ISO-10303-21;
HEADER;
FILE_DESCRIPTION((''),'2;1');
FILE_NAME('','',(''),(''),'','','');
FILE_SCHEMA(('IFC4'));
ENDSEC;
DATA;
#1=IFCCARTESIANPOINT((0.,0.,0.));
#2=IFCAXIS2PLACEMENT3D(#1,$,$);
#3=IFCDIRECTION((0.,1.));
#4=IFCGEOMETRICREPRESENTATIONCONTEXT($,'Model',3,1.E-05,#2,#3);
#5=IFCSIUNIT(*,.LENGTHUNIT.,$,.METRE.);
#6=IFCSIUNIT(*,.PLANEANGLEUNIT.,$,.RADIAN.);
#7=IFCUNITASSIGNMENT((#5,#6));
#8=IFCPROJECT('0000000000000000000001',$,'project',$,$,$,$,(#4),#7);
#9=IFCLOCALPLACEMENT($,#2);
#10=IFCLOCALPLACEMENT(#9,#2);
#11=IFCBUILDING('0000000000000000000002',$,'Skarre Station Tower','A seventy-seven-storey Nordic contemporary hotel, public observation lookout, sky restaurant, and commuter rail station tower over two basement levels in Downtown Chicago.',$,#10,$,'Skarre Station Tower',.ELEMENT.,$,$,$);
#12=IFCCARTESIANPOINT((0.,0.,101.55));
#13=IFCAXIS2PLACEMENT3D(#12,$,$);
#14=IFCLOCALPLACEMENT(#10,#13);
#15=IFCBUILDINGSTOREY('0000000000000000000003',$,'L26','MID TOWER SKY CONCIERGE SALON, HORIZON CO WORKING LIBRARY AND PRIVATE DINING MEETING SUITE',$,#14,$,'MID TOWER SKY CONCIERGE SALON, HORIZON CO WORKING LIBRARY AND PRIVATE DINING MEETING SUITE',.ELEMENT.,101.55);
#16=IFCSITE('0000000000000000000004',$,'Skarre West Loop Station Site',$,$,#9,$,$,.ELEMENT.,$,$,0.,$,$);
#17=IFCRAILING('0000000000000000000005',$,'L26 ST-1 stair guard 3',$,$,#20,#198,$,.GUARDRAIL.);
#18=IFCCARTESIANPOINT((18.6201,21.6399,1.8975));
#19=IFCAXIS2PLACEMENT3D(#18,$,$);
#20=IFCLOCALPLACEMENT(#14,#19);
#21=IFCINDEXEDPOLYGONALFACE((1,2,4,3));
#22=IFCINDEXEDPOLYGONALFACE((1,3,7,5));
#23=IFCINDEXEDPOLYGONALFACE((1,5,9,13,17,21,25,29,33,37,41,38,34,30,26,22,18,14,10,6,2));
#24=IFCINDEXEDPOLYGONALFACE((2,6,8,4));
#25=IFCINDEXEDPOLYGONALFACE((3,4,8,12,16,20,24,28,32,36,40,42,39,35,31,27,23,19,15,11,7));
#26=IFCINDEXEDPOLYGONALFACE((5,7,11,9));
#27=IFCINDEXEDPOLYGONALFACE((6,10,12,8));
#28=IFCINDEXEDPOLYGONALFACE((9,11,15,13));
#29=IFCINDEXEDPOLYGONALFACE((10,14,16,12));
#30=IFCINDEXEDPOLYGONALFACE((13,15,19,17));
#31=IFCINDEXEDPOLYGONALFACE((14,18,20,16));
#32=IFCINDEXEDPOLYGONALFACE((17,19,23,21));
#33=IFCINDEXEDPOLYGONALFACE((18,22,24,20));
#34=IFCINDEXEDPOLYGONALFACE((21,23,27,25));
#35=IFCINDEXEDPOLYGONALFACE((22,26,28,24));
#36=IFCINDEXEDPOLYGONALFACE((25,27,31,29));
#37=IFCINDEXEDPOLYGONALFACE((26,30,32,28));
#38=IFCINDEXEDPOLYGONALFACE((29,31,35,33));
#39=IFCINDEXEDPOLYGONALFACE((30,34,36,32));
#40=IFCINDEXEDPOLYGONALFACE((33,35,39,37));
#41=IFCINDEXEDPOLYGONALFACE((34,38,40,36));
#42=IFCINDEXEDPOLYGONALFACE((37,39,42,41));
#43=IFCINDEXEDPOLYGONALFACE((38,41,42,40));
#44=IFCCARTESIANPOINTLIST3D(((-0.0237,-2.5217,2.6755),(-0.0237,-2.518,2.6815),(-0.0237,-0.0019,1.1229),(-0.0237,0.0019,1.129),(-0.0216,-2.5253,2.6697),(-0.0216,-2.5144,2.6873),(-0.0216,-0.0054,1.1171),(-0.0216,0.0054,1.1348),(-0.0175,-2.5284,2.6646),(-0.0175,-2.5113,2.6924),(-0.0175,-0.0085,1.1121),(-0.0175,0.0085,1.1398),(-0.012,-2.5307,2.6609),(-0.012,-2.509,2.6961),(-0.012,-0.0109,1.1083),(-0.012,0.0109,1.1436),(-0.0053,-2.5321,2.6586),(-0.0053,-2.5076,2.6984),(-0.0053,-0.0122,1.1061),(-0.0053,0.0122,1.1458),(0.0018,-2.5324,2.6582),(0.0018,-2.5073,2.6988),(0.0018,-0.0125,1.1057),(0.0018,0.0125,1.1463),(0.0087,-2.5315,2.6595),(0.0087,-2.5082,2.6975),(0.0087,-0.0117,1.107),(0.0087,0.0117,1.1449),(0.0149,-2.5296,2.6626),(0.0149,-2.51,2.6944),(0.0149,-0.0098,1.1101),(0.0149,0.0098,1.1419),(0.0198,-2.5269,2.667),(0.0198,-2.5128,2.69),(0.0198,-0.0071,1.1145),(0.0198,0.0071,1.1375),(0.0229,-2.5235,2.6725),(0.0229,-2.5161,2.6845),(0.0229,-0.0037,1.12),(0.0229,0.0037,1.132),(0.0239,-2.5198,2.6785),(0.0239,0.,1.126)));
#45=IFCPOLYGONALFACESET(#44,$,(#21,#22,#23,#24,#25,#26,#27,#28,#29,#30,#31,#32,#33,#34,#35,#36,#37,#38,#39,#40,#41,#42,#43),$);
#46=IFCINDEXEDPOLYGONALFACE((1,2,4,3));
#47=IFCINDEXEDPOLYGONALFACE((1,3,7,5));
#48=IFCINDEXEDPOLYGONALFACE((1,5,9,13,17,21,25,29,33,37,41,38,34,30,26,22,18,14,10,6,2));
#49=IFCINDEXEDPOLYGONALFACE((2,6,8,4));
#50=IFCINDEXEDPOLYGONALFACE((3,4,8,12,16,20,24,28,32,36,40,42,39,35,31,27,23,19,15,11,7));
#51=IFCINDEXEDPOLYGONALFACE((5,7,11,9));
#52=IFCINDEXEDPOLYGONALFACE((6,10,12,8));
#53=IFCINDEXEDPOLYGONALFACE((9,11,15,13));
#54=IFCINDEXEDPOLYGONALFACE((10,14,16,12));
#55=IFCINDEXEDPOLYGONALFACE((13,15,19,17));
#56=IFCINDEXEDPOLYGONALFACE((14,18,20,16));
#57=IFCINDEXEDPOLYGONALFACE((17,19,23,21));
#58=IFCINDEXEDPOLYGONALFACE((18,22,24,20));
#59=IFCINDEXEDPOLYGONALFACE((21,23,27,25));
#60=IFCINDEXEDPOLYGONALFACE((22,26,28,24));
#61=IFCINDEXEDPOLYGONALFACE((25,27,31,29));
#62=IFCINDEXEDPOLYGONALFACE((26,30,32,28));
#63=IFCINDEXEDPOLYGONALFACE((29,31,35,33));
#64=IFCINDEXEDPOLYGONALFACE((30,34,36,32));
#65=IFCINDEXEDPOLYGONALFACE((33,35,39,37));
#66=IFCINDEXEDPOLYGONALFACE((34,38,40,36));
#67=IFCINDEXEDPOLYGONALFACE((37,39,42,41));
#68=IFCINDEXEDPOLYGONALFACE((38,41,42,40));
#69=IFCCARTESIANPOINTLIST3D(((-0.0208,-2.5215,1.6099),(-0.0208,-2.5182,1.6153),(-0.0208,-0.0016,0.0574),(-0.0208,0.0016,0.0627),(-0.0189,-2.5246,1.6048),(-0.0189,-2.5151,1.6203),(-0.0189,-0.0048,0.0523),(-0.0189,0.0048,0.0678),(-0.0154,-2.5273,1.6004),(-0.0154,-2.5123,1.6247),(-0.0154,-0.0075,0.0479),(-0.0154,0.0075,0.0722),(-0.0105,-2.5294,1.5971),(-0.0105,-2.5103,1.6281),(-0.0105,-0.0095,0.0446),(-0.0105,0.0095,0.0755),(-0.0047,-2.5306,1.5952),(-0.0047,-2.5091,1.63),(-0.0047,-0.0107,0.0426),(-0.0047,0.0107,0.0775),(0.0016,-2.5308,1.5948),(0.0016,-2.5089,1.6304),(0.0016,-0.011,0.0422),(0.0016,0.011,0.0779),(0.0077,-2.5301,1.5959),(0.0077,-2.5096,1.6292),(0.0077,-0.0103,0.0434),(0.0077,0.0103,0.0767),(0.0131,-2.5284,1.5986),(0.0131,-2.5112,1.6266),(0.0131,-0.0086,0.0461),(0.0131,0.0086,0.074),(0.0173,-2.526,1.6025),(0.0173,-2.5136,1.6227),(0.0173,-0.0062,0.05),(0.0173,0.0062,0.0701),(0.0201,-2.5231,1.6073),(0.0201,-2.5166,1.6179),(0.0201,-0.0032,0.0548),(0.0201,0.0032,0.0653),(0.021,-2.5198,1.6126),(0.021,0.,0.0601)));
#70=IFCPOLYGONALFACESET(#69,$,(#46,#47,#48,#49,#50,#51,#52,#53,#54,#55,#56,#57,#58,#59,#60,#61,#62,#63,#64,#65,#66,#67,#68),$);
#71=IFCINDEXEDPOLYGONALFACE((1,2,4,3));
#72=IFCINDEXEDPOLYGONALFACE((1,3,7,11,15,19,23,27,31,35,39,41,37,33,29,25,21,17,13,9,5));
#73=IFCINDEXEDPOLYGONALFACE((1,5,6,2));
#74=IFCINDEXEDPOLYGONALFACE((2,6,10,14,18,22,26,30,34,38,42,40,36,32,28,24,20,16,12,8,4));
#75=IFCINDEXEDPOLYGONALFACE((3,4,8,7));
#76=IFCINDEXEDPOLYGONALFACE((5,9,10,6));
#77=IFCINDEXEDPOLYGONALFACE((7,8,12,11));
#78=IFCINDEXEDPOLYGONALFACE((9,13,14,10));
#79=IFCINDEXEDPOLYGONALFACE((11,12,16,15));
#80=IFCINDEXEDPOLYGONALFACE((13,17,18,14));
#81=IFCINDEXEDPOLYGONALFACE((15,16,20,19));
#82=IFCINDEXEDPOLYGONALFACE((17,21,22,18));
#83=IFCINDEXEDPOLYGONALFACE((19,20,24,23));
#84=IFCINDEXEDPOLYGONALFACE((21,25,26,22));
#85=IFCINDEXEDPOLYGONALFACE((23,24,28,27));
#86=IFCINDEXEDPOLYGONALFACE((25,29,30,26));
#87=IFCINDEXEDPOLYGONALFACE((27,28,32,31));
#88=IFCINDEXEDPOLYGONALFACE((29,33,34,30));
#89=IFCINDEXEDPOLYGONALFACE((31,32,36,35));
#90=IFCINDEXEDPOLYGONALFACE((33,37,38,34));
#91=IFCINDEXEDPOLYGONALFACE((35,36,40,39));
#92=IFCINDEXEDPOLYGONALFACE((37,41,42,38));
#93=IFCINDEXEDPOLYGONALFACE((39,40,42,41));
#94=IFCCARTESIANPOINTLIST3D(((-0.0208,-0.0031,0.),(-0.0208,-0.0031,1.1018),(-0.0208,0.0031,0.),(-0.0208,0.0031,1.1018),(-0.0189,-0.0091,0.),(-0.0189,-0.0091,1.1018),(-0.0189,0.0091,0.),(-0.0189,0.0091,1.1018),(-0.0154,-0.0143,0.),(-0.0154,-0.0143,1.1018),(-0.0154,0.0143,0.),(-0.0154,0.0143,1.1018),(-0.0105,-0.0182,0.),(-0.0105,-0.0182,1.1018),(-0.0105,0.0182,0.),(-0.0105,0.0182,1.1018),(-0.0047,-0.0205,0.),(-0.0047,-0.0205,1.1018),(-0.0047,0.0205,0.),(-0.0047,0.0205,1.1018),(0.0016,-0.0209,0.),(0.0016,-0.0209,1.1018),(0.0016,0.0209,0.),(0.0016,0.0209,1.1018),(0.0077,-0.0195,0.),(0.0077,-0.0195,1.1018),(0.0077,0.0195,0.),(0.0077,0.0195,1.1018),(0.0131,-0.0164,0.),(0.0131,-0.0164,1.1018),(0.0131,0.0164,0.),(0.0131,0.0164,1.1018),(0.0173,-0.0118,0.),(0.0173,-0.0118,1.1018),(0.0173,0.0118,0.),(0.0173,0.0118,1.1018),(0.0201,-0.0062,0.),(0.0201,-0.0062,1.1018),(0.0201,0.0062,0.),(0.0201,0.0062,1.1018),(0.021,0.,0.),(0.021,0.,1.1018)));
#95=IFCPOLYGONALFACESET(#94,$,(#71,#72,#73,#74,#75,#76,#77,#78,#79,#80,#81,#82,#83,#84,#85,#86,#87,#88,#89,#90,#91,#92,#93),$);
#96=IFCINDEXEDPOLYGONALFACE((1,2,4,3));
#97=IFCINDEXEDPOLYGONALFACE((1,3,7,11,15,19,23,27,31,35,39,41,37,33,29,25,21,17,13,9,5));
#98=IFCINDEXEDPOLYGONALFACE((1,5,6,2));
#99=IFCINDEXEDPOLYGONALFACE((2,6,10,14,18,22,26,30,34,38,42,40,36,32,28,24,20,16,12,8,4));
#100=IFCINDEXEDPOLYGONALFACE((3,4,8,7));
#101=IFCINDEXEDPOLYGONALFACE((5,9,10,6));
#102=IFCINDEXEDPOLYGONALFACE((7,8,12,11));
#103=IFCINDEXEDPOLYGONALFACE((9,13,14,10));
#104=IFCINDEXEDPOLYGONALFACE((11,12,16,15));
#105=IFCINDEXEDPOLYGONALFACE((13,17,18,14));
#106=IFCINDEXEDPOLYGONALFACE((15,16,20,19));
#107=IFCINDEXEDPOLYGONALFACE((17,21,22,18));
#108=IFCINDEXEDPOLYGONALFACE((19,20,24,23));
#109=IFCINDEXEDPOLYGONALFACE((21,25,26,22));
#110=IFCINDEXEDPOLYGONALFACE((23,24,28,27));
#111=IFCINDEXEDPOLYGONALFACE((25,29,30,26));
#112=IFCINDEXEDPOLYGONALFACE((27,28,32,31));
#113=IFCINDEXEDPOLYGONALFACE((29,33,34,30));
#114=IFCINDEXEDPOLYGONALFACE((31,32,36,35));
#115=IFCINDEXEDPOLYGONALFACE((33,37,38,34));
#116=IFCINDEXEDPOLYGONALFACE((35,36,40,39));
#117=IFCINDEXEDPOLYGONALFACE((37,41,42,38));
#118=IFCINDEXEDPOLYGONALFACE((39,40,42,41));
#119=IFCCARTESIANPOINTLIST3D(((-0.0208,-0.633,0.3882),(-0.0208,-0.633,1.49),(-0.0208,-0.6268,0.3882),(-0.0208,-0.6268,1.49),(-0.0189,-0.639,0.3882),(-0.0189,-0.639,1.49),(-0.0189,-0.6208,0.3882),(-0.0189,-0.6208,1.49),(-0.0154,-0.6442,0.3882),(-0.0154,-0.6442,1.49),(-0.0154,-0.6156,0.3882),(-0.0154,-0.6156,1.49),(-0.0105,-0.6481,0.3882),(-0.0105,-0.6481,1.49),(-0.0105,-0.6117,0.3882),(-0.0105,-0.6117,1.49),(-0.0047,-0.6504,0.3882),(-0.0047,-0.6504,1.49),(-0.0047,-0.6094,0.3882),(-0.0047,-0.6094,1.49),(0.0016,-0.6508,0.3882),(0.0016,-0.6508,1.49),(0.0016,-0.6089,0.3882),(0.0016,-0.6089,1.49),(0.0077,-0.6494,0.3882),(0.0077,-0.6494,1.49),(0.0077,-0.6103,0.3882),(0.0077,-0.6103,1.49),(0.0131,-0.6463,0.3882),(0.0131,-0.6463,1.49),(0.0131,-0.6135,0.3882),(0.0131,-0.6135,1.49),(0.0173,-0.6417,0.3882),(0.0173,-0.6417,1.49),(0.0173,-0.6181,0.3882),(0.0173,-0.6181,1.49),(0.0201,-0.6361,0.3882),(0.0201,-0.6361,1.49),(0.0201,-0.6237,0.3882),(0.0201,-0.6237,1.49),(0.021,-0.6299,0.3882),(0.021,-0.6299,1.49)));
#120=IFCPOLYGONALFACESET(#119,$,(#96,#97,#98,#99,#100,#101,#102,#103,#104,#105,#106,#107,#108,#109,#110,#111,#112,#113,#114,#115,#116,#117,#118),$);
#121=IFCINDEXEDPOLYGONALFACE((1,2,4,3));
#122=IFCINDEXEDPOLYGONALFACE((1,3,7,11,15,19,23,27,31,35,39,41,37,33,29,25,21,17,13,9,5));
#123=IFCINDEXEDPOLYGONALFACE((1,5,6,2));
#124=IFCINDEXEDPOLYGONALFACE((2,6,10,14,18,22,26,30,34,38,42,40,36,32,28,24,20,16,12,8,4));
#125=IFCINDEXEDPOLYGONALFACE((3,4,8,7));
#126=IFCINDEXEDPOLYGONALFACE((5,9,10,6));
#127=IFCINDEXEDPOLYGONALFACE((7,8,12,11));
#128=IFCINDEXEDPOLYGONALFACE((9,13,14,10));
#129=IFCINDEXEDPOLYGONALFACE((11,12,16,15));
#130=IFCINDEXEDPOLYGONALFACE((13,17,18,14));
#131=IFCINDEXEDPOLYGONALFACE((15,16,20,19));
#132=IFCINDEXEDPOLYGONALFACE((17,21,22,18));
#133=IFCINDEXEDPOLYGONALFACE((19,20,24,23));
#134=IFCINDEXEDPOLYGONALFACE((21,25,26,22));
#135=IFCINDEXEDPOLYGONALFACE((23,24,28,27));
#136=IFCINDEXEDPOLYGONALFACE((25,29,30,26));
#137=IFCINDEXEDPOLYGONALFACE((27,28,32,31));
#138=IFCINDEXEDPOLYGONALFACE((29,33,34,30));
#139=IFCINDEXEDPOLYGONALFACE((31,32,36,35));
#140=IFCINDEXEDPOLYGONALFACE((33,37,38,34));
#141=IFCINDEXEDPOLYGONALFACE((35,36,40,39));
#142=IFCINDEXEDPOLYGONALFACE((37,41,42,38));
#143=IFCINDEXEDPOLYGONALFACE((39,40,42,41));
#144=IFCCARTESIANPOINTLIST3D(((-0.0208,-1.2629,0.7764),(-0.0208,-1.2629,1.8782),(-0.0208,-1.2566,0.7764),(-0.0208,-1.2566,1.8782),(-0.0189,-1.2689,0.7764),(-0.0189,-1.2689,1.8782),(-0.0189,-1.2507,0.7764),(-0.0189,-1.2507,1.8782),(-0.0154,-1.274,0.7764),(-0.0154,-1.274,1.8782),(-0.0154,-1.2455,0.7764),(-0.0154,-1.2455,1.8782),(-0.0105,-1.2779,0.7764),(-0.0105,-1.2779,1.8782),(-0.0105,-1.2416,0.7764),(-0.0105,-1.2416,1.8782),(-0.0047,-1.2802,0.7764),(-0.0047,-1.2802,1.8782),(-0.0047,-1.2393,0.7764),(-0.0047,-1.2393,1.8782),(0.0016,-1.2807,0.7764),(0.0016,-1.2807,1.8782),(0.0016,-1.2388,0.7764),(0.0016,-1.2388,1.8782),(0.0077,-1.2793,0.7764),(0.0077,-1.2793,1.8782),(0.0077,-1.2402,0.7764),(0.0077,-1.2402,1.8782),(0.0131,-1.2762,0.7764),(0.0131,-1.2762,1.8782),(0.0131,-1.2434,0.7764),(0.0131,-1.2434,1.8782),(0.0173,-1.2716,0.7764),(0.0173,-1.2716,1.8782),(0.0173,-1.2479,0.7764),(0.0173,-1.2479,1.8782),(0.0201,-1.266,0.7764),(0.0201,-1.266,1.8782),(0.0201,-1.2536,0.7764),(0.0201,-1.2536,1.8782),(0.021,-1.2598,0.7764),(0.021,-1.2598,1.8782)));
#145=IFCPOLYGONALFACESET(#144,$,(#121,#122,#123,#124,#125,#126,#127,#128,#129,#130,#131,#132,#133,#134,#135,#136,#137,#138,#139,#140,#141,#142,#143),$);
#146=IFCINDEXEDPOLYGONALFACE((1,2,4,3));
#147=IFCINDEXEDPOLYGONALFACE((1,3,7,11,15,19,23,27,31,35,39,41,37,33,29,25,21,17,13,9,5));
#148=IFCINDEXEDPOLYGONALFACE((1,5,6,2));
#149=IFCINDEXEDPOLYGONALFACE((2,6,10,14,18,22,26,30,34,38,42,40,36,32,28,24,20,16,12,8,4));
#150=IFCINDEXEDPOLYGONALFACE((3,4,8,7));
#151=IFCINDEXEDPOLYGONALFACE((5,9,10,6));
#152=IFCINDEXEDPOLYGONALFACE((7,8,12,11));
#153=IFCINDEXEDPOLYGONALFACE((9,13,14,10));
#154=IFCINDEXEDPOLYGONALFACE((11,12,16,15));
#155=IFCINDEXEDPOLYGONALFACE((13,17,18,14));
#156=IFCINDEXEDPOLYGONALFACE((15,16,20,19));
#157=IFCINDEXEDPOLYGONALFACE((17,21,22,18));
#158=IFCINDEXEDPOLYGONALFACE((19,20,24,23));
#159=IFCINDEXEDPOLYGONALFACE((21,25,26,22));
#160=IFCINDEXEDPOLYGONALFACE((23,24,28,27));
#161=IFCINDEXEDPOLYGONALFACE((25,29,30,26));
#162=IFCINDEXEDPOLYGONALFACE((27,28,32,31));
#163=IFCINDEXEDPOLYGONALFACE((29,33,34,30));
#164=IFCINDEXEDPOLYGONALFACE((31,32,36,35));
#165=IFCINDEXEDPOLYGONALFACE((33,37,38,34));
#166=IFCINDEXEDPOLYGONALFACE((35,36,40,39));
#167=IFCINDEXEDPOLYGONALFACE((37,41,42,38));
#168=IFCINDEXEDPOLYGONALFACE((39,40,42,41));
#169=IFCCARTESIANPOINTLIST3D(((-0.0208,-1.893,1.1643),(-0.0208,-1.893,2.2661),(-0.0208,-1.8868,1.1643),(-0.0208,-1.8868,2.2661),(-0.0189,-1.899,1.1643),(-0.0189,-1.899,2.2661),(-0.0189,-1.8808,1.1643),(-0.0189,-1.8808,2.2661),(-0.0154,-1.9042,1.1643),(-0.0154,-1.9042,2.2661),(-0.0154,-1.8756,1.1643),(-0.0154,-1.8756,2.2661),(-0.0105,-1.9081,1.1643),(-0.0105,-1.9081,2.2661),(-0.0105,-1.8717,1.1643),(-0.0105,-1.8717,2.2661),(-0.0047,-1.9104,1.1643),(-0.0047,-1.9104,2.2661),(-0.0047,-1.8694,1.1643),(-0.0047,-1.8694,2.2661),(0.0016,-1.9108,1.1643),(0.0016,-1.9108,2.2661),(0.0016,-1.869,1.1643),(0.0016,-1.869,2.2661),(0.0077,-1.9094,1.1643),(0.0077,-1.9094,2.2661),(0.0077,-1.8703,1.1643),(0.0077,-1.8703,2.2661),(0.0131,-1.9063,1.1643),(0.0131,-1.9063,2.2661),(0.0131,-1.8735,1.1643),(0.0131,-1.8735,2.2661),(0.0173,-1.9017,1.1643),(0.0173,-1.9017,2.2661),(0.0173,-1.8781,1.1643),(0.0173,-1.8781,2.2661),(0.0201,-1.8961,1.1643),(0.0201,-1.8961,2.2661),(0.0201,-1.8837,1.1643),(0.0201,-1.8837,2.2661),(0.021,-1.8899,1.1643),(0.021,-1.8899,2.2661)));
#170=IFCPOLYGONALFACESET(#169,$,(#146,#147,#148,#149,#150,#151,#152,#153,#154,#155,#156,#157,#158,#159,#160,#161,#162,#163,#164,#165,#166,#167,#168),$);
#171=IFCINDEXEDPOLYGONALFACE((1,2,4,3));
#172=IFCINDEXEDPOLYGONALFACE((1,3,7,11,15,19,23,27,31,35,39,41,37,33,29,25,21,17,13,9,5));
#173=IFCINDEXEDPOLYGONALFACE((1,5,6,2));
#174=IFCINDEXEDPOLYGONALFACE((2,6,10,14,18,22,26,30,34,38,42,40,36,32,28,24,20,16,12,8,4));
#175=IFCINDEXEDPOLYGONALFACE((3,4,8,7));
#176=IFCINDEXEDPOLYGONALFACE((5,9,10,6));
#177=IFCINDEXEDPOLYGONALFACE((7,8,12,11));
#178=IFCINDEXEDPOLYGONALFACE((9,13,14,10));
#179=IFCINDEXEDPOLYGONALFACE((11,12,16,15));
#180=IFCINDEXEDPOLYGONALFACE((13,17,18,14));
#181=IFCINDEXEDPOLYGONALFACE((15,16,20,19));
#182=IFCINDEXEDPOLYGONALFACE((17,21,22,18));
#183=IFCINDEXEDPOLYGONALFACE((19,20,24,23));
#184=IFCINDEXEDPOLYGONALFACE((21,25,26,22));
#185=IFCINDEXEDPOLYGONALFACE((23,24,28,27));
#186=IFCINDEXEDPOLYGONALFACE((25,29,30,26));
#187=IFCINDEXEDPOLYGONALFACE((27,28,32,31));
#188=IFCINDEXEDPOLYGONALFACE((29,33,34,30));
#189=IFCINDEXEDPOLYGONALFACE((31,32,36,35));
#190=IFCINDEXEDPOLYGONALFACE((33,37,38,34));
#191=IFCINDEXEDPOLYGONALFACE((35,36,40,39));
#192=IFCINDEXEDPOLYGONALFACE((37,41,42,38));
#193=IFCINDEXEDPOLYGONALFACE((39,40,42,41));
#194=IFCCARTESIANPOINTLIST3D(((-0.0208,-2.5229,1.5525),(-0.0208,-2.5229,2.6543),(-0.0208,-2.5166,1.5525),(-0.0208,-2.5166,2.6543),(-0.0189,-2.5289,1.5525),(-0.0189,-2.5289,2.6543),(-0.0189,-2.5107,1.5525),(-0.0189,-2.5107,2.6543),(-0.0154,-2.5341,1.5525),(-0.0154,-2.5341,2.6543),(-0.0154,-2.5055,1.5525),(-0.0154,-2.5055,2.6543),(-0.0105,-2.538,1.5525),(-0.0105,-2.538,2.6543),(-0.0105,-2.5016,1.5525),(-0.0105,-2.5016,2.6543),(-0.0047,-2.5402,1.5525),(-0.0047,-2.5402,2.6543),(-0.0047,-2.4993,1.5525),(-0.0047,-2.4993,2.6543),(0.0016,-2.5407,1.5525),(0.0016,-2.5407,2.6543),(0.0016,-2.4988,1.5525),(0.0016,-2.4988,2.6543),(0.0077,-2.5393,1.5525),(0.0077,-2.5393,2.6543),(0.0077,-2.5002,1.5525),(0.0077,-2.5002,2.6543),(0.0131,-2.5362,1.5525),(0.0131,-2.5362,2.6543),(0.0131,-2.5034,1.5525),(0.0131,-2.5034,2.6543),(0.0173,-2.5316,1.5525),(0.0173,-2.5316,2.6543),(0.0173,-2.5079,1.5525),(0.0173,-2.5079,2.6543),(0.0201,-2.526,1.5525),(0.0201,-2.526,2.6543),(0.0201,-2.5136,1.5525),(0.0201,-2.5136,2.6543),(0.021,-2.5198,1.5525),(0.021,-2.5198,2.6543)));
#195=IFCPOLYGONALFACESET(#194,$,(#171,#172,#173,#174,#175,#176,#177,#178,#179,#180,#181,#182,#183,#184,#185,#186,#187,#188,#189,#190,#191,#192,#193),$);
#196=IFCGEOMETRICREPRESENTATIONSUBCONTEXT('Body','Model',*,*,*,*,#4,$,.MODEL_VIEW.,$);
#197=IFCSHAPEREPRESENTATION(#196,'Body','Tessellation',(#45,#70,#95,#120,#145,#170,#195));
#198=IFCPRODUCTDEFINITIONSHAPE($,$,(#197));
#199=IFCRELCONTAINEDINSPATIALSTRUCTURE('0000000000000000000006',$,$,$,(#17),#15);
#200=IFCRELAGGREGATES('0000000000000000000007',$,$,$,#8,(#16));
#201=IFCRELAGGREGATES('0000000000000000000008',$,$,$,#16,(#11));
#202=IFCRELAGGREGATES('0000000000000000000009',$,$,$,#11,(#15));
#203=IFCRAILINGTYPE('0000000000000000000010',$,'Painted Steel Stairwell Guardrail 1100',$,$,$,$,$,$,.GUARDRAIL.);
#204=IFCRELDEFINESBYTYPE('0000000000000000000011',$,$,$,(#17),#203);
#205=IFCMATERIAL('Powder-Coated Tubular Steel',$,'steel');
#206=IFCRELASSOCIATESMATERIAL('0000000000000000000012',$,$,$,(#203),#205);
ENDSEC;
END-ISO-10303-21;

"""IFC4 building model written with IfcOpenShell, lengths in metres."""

from ifc_helpers import new_model, si_unit, direction, frame, origin, origin_2d, place, context, subcontext, project, spatial, circle, extrude, material, type_object, element, save


model = new_model("IFC4")

# Units and contexts
model_context = context("Model", 3, precision=1e-05, world=origin(), true_north=direction((0.0, 1.0)))
body_context = subcontext(model_context, "Body", "Model", "MODEL_VIEW")
ifc_project = project(units=[si_unit("LENGTHUNIT", "METRE"), si_unit("PLANEANGLEUNIT", "RADIAN")], contexts=[model_context])

# Site, building, storey
site_placement = place(None, origin())
site = spatial("IfcSite", under=ifc_project, at=site_placement, Name="Skarre West Loop Station Site", CompositionType="ELEMENT", RefElevation=0.0)
building_placement = place(site_placement, origin())
building = spatial("IfcBuilding", under=site, at=building_placement, Name="Skarre Station Tower", Description="A seventy-seven-storey Nordic contemporary hotel, public observation lookout, sky restaurant, and commuter rail station tower over two basement levels in Downtown Chicago.", LongName="Skarre Station Tower", CompositionType="ELEMENT")
storey_placement = place(building_placement, frame((0.0, 0.0, 101.55)))
storey = spatial("IfcBuildingStorey", under=building, at=storey_placement, Name="L26", Description="MID TOWER SKY CONCIERGE SALON, HORIZON CO WORKING LIBRARY AND PRIVATE DINING MEETING SUITE", LongName="MID TOWER SKY CONCIERGE SALON, HORIZON CO WORKING LIBRARY AND PRIVATE DINING MEETING SUITE", CompositionType="ELEMENT", Elevation=101.55)

# Railing
ifc_material_1 = material(Name="Powder-Coated Tubular Steel", Category="steel")
railing_type_1 = type_object("IfcRailingType", Name="Painted Steel Stairwell Guardrail 1100", PredefinedType="GUARDRAIL", material=ifc_material_1)
railing_1_placement = place(storey_placement, frame((18.6201, 21.6399, 1.8975)))
element("IfcRailing", 1, at=railing_1_placement, inside=storey, type_object=railing_type_1, Name="L26 ST-1 stair guard 3", PredefinedType="GUARDRAIL", context=body_context, shape_type="SweptSolid", body=[
    extrude(circle(Radius=0.0239, at=origin_2d()), frame((0.0, 0.0, 1.126), z_axis=(0.0, -0.851378, 0.524553), x_axis=(1.0, 0.0, 0.0)), (0.0, 0.0, 1.0), 2.9597),
    extrude(circle(Radius=0.021, at=origin_2d()), frame((0.0, 0.0, 0.0601), z_axis=(0.0, -0.851378, 0.524553), x_axis=(1.0, 0.0, 0.0)), (0.0, 0.0, 1.0), 2.9597),
    extrude(circle(Radius=0.021, at=origin_2d()), origin(), (0.0, 0.0, 1.0), 1.1018),
    extrude(circle(Radius=0.021, at=origin_2d()), frame((0.0, -0.6299, 0.3882)), (0.0, 0.0, 1.0), 1.1018),
    extrude(circle(Radius=0.021, at=origin_2d()), frame((0.0, -1.2598, 0.7764)), (0.0, 0.0, 1.0), 1.1018),
    extrude(circle(Radius=0.021, at=origin_2d()), frame((0.0, -1.8899, 1.1643)), (0.0, 0.0, 1.0), 1.1018),
    extrude(circle(Radius=0.021, at=origin_2d()), frame((0.0, -2.5198, 1.5525)), (0.0, 0.0, 1.0), 1.1018),
])

save(model, "model.ifc")
